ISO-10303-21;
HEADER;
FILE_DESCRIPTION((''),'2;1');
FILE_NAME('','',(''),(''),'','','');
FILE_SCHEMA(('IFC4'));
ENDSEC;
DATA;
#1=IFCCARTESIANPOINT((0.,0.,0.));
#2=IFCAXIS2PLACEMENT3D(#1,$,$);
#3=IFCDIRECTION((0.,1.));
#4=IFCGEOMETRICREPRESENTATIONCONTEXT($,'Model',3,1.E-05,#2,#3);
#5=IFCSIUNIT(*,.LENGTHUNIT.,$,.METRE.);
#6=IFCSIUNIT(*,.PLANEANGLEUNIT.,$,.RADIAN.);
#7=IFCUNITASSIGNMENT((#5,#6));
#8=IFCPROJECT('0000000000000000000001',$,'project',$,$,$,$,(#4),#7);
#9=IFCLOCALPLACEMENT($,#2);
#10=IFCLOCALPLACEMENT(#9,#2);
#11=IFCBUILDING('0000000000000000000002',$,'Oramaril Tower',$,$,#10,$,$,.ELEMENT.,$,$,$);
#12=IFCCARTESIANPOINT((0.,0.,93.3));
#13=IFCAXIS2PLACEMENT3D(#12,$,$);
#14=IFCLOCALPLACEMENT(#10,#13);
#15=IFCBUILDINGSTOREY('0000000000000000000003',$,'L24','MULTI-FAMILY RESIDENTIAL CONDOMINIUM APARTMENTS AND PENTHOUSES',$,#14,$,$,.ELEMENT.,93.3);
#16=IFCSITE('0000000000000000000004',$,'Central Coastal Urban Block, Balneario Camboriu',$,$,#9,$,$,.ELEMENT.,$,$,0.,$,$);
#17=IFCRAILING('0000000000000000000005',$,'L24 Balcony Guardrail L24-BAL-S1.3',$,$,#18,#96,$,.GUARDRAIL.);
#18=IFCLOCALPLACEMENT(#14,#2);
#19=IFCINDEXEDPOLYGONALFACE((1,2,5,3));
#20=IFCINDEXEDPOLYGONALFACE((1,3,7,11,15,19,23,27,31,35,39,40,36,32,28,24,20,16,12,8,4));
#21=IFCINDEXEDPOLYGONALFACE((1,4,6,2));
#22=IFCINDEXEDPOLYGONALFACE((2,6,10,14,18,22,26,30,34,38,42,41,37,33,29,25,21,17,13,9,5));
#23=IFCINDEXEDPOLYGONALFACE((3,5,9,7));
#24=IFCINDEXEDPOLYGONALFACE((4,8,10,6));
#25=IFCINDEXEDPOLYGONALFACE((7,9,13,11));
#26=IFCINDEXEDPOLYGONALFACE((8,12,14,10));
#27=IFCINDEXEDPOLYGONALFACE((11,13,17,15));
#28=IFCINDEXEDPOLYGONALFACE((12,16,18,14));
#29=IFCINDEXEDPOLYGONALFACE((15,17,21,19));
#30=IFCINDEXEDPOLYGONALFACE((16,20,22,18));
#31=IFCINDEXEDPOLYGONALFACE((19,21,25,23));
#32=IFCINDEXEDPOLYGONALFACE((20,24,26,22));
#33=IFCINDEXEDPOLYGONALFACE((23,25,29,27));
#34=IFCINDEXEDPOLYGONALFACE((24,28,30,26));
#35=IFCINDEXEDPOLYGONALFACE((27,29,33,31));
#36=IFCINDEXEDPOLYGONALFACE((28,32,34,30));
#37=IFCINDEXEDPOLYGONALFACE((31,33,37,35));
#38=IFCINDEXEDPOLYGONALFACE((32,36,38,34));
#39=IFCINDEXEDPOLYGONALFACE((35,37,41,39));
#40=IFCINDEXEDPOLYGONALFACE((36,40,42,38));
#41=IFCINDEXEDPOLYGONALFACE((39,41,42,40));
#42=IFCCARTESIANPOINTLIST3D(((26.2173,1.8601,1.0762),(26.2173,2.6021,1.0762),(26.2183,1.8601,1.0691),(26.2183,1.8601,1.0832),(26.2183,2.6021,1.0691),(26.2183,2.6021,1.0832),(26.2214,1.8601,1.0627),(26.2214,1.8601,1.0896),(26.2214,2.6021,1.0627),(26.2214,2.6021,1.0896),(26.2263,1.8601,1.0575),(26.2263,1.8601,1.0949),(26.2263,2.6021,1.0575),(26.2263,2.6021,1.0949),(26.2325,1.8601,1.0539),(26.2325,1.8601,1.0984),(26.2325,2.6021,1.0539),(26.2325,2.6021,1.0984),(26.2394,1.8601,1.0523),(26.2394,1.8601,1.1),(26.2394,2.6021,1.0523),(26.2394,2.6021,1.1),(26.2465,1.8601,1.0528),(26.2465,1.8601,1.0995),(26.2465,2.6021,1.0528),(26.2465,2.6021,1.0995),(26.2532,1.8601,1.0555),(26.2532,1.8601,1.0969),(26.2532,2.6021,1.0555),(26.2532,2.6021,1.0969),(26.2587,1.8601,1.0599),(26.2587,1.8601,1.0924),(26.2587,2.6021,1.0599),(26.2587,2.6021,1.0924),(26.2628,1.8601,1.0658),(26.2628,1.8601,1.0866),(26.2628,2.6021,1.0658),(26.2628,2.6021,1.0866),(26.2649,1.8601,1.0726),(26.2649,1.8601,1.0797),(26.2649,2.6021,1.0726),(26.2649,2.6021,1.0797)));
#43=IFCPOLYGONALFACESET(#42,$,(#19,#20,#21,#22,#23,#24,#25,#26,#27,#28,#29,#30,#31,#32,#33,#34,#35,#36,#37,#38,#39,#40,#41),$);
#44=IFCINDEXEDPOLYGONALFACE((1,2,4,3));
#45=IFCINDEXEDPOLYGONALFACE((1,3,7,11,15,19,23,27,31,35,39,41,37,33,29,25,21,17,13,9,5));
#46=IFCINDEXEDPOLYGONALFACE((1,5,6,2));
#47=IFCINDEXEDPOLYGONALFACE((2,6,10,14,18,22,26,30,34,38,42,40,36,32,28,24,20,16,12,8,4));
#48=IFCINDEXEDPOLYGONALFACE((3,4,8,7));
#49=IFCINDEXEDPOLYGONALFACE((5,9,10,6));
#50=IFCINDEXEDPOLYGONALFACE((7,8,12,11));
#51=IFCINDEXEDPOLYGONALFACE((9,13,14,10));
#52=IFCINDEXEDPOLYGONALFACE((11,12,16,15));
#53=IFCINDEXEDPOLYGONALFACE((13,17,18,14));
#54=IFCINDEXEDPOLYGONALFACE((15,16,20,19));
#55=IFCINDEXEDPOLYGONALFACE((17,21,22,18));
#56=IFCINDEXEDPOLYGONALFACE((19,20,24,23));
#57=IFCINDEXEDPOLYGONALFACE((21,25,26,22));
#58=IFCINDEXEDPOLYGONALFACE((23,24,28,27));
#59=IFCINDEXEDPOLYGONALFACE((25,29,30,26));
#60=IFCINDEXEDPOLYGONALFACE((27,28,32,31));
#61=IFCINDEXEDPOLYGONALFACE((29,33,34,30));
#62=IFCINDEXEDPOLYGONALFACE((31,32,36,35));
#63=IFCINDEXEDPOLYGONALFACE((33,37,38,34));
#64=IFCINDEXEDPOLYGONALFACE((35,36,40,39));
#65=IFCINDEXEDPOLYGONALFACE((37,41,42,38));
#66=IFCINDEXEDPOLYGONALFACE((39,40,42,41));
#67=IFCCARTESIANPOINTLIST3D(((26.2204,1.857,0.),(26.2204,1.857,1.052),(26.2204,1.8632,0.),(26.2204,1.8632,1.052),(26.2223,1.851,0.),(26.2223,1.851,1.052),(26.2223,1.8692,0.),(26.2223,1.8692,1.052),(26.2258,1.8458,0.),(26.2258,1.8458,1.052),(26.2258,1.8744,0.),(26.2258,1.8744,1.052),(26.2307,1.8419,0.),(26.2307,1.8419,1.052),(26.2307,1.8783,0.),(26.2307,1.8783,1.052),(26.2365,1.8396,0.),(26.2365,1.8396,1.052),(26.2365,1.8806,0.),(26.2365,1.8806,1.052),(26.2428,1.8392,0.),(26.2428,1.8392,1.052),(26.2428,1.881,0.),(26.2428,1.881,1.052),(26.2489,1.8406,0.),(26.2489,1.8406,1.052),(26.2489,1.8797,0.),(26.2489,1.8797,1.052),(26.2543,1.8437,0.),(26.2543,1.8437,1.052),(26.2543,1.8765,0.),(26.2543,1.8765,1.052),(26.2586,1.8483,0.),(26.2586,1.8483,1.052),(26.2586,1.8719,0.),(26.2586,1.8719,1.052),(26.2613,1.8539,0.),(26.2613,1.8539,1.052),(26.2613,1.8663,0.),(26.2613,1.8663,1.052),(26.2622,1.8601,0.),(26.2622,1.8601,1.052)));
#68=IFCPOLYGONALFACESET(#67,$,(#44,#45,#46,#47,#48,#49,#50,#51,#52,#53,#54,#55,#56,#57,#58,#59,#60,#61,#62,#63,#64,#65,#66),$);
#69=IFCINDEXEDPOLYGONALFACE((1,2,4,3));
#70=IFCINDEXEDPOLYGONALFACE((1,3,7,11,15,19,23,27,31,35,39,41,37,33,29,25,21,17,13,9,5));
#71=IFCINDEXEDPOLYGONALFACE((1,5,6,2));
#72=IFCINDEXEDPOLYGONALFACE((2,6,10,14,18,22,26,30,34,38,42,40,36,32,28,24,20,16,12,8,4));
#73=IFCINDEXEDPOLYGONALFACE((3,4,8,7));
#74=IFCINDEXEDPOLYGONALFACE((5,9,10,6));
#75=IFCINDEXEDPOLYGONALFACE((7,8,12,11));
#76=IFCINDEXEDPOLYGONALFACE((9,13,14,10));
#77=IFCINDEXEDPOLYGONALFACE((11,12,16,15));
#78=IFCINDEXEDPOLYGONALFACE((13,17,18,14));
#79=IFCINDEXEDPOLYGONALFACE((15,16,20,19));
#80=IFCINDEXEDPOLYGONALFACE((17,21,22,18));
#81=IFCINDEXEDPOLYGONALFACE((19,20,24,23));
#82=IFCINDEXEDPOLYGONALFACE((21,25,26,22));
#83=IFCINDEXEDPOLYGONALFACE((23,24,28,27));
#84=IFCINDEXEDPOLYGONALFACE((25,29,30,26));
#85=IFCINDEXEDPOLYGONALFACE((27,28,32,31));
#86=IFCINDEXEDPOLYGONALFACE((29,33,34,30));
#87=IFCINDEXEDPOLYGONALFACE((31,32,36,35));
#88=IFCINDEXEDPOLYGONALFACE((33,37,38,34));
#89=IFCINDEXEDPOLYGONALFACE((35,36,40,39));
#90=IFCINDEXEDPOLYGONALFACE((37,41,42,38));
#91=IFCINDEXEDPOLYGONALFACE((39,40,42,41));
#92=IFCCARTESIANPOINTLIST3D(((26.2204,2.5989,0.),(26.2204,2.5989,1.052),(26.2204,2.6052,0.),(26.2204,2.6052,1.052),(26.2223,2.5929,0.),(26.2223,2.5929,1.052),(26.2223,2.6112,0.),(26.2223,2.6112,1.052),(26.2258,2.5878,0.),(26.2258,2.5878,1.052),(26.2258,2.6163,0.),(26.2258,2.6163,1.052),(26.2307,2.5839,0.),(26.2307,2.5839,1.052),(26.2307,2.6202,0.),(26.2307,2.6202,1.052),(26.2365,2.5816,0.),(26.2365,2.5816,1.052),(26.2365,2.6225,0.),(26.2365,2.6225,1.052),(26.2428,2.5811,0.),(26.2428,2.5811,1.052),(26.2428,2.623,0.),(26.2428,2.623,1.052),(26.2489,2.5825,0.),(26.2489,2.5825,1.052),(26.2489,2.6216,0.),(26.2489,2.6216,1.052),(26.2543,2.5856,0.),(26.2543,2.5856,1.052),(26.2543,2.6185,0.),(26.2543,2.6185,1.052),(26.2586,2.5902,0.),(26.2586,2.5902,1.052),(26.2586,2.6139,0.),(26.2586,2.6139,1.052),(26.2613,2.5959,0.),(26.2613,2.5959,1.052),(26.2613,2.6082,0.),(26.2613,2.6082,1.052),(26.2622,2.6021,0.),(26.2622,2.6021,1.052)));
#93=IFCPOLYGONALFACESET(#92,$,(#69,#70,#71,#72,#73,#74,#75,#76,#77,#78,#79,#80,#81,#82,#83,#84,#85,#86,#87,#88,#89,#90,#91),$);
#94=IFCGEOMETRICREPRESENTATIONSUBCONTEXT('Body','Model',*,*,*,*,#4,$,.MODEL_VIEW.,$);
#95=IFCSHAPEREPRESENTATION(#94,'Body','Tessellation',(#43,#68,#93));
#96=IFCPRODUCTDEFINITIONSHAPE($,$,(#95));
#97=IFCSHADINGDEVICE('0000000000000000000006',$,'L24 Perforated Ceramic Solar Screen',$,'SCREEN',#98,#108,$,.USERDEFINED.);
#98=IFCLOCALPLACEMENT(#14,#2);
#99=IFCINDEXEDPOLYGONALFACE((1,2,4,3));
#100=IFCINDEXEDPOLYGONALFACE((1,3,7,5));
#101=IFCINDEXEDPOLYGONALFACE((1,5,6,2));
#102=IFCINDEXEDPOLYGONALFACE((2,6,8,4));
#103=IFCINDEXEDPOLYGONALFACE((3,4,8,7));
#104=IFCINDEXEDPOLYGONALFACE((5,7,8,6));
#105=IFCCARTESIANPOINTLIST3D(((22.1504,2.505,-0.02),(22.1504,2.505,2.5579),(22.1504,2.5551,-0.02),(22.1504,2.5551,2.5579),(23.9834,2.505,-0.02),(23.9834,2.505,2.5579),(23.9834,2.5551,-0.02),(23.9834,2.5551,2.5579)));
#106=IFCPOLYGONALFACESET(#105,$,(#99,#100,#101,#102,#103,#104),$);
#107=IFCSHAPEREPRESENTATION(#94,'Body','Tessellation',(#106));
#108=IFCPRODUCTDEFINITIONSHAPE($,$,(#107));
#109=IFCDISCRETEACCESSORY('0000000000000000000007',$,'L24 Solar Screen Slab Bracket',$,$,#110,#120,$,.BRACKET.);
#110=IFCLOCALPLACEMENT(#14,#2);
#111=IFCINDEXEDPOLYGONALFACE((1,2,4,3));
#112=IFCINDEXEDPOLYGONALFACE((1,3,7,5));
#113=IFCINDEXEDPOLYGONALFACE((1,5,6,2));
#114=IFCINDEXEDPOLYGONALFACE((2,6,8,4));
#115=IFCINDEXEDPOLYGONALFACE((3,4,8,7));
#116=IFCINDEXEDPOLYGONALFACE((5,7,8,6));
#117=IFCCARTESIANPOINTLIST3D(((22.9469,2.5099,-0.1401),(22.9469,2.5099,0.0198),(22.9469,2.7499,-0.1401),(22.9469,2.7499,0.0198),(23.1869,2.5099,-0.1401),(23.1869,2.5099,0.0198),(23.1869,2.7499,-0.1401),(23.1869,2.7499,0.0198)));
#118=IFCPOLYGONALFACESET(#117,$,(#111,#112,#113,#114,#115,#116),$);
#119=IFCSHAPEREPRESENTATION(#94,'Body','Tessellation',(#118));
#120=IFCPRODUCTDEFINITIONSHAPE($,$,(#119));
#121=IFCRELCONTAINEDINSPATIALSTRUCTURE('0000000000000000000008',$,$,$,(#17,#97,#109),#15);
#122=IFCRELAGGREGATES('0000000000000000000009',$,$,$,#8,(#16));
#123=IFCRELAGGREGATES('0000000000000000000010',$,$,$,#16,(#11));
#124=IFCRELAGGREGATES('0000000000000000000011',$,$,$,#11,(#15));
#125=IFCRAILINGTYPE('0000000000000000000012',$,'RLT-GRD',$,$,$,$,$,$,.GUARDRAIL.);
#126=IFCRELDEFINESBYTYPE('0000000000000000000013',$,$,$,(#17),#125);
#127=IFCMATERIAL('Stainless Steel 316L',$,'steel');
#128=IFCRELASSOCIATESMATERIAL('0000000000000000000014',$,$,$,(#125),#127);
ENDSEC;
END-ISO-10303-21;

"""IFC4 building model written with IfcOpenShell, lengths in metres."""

from ifc_helpers import new_model, si_unit, direction, frame, origin, origin_2d, place, context, subcontext, project, spatial, rectangle, circle, extrude, material, type_object, element, save


model = new_model("IFC4")

# Units and contexts
model_context = context("Model", 3, precision=1e-05, world=origin(), true_north=direction((0.0, 1.0)))
body_context = subcontext(model_context, "Body", "Model", "MODEL_VIEW")
ifc_project = project(units=[si_unit("LENGTHUNIT", "METRE"), si_unit("PLANEANGLEUNIT", "RADIAN")], contexts=[model_context])

# Site, building, storey
site_placement = place(None, origin())
site = spatial("IfcSite", under=ifc_project, at=site_placement, Name="Central Coastal Urban Block, Balneario Camboriu", CompositionType="ELEMENT", RefElevation=0.0)
building_placement = place(site_placement, origin())
building = spatial("IfcBuilding", under=site, at=building_placement, Name="Oramaril Tower", CompositionType="ELEMENT")
storey_placement = place(building_placement, frame((0.0, 0.0, 93.3)))
storey = spatial("IfcBuildingStorey", under=building, at=storey_placement, Name="L24", Description="MULTI-FAMILY RESIDENTIAL CONDOMINIUM APARTMENTS AND PENTHOUSES", CompositionType="ELEMENT", Elevation=93.3)

# Railing
ifc_material_1 = material(Name="Stainless Steel 316L", Category="steel")
railing_type = type_object("IfcRailingType", Name="RLT-GRD", PredefinedType="GUARDRAIL", material=ifc_material_1)
railing_placement = place(storey_placement, frame((26.2412, 1.8601, 0.0)))
element("IfcRailing", 1, at=railing_placement, inside=storey, type_object=railing_type, Name="L24 Balcony Guardrail L24-BAL-S1.3", PredefinedType="GUARDRAIL", context=body_context, shape_type="SweptSolid", body=[
    extrude(circle(Radius=0.0239, at=origin_2d()), frame((0.0, 0.0, 1.0762), z_axis=(0.0, 1.0, 0.0), x_axis=(-1.0, 0.0, 0.0)), (0.0, 0.0, 1.0), 0.7419),
    extrude(circle(Radius=0.021, at=origin_2d()), origin(), (0.0, 0.0, 1.0), 1.052),
    extrude(circle(Radius=0.021, at=origin_2d()), frame((0.0, 0.7419, 0.0)), (0.0, 0.0, 1.0), 1.052),
])

# Shading device
shading_device_placement = place(storey_placement, frame((23.0669, 2.53, -0.02), z_axis=(0.0, 0.0, 1.0), x_axis=(1.0, 0.0, 0.0)))
element("IfcShadingDevice", 2, at=shading_device_placement, inside=storey, Name="L24 Perforated Ceramic Solar Screen", ObjectType="SCREEN", PredefinedType="USERDEFINED", context=body_context, shape_type="SweptSolid", body=[
    extrude(rectangle(XDim=1.833, YDim=0.05, at=origin_2d()), origin(), (0.0, 0.0, 1.0), 2.5779),
])

# Discrete accessory
discrete_accessory_placement = place(storey_placement, frame((23.0669, 2.6299, -0.1401), z_axis=(0.0, 0.0, 1.0), x_axis=(1.0, 0.0, 0.0)))
element("IfcDiscreteAccessory", 3, at=discrete_accessory_placement, inside=storey, Name="L24 Solar Screen Slab Bracket", PredefinedType="BRACKET", context=body_context, shape_type="SweptSolid", body=[
    extrude(rectangle(XDim=0.24, YDim=0.24, at=origin_2d()), origin(), (0.0, 0.0, 1.0), 0.1599),
])

save(model, "model.ifc")
